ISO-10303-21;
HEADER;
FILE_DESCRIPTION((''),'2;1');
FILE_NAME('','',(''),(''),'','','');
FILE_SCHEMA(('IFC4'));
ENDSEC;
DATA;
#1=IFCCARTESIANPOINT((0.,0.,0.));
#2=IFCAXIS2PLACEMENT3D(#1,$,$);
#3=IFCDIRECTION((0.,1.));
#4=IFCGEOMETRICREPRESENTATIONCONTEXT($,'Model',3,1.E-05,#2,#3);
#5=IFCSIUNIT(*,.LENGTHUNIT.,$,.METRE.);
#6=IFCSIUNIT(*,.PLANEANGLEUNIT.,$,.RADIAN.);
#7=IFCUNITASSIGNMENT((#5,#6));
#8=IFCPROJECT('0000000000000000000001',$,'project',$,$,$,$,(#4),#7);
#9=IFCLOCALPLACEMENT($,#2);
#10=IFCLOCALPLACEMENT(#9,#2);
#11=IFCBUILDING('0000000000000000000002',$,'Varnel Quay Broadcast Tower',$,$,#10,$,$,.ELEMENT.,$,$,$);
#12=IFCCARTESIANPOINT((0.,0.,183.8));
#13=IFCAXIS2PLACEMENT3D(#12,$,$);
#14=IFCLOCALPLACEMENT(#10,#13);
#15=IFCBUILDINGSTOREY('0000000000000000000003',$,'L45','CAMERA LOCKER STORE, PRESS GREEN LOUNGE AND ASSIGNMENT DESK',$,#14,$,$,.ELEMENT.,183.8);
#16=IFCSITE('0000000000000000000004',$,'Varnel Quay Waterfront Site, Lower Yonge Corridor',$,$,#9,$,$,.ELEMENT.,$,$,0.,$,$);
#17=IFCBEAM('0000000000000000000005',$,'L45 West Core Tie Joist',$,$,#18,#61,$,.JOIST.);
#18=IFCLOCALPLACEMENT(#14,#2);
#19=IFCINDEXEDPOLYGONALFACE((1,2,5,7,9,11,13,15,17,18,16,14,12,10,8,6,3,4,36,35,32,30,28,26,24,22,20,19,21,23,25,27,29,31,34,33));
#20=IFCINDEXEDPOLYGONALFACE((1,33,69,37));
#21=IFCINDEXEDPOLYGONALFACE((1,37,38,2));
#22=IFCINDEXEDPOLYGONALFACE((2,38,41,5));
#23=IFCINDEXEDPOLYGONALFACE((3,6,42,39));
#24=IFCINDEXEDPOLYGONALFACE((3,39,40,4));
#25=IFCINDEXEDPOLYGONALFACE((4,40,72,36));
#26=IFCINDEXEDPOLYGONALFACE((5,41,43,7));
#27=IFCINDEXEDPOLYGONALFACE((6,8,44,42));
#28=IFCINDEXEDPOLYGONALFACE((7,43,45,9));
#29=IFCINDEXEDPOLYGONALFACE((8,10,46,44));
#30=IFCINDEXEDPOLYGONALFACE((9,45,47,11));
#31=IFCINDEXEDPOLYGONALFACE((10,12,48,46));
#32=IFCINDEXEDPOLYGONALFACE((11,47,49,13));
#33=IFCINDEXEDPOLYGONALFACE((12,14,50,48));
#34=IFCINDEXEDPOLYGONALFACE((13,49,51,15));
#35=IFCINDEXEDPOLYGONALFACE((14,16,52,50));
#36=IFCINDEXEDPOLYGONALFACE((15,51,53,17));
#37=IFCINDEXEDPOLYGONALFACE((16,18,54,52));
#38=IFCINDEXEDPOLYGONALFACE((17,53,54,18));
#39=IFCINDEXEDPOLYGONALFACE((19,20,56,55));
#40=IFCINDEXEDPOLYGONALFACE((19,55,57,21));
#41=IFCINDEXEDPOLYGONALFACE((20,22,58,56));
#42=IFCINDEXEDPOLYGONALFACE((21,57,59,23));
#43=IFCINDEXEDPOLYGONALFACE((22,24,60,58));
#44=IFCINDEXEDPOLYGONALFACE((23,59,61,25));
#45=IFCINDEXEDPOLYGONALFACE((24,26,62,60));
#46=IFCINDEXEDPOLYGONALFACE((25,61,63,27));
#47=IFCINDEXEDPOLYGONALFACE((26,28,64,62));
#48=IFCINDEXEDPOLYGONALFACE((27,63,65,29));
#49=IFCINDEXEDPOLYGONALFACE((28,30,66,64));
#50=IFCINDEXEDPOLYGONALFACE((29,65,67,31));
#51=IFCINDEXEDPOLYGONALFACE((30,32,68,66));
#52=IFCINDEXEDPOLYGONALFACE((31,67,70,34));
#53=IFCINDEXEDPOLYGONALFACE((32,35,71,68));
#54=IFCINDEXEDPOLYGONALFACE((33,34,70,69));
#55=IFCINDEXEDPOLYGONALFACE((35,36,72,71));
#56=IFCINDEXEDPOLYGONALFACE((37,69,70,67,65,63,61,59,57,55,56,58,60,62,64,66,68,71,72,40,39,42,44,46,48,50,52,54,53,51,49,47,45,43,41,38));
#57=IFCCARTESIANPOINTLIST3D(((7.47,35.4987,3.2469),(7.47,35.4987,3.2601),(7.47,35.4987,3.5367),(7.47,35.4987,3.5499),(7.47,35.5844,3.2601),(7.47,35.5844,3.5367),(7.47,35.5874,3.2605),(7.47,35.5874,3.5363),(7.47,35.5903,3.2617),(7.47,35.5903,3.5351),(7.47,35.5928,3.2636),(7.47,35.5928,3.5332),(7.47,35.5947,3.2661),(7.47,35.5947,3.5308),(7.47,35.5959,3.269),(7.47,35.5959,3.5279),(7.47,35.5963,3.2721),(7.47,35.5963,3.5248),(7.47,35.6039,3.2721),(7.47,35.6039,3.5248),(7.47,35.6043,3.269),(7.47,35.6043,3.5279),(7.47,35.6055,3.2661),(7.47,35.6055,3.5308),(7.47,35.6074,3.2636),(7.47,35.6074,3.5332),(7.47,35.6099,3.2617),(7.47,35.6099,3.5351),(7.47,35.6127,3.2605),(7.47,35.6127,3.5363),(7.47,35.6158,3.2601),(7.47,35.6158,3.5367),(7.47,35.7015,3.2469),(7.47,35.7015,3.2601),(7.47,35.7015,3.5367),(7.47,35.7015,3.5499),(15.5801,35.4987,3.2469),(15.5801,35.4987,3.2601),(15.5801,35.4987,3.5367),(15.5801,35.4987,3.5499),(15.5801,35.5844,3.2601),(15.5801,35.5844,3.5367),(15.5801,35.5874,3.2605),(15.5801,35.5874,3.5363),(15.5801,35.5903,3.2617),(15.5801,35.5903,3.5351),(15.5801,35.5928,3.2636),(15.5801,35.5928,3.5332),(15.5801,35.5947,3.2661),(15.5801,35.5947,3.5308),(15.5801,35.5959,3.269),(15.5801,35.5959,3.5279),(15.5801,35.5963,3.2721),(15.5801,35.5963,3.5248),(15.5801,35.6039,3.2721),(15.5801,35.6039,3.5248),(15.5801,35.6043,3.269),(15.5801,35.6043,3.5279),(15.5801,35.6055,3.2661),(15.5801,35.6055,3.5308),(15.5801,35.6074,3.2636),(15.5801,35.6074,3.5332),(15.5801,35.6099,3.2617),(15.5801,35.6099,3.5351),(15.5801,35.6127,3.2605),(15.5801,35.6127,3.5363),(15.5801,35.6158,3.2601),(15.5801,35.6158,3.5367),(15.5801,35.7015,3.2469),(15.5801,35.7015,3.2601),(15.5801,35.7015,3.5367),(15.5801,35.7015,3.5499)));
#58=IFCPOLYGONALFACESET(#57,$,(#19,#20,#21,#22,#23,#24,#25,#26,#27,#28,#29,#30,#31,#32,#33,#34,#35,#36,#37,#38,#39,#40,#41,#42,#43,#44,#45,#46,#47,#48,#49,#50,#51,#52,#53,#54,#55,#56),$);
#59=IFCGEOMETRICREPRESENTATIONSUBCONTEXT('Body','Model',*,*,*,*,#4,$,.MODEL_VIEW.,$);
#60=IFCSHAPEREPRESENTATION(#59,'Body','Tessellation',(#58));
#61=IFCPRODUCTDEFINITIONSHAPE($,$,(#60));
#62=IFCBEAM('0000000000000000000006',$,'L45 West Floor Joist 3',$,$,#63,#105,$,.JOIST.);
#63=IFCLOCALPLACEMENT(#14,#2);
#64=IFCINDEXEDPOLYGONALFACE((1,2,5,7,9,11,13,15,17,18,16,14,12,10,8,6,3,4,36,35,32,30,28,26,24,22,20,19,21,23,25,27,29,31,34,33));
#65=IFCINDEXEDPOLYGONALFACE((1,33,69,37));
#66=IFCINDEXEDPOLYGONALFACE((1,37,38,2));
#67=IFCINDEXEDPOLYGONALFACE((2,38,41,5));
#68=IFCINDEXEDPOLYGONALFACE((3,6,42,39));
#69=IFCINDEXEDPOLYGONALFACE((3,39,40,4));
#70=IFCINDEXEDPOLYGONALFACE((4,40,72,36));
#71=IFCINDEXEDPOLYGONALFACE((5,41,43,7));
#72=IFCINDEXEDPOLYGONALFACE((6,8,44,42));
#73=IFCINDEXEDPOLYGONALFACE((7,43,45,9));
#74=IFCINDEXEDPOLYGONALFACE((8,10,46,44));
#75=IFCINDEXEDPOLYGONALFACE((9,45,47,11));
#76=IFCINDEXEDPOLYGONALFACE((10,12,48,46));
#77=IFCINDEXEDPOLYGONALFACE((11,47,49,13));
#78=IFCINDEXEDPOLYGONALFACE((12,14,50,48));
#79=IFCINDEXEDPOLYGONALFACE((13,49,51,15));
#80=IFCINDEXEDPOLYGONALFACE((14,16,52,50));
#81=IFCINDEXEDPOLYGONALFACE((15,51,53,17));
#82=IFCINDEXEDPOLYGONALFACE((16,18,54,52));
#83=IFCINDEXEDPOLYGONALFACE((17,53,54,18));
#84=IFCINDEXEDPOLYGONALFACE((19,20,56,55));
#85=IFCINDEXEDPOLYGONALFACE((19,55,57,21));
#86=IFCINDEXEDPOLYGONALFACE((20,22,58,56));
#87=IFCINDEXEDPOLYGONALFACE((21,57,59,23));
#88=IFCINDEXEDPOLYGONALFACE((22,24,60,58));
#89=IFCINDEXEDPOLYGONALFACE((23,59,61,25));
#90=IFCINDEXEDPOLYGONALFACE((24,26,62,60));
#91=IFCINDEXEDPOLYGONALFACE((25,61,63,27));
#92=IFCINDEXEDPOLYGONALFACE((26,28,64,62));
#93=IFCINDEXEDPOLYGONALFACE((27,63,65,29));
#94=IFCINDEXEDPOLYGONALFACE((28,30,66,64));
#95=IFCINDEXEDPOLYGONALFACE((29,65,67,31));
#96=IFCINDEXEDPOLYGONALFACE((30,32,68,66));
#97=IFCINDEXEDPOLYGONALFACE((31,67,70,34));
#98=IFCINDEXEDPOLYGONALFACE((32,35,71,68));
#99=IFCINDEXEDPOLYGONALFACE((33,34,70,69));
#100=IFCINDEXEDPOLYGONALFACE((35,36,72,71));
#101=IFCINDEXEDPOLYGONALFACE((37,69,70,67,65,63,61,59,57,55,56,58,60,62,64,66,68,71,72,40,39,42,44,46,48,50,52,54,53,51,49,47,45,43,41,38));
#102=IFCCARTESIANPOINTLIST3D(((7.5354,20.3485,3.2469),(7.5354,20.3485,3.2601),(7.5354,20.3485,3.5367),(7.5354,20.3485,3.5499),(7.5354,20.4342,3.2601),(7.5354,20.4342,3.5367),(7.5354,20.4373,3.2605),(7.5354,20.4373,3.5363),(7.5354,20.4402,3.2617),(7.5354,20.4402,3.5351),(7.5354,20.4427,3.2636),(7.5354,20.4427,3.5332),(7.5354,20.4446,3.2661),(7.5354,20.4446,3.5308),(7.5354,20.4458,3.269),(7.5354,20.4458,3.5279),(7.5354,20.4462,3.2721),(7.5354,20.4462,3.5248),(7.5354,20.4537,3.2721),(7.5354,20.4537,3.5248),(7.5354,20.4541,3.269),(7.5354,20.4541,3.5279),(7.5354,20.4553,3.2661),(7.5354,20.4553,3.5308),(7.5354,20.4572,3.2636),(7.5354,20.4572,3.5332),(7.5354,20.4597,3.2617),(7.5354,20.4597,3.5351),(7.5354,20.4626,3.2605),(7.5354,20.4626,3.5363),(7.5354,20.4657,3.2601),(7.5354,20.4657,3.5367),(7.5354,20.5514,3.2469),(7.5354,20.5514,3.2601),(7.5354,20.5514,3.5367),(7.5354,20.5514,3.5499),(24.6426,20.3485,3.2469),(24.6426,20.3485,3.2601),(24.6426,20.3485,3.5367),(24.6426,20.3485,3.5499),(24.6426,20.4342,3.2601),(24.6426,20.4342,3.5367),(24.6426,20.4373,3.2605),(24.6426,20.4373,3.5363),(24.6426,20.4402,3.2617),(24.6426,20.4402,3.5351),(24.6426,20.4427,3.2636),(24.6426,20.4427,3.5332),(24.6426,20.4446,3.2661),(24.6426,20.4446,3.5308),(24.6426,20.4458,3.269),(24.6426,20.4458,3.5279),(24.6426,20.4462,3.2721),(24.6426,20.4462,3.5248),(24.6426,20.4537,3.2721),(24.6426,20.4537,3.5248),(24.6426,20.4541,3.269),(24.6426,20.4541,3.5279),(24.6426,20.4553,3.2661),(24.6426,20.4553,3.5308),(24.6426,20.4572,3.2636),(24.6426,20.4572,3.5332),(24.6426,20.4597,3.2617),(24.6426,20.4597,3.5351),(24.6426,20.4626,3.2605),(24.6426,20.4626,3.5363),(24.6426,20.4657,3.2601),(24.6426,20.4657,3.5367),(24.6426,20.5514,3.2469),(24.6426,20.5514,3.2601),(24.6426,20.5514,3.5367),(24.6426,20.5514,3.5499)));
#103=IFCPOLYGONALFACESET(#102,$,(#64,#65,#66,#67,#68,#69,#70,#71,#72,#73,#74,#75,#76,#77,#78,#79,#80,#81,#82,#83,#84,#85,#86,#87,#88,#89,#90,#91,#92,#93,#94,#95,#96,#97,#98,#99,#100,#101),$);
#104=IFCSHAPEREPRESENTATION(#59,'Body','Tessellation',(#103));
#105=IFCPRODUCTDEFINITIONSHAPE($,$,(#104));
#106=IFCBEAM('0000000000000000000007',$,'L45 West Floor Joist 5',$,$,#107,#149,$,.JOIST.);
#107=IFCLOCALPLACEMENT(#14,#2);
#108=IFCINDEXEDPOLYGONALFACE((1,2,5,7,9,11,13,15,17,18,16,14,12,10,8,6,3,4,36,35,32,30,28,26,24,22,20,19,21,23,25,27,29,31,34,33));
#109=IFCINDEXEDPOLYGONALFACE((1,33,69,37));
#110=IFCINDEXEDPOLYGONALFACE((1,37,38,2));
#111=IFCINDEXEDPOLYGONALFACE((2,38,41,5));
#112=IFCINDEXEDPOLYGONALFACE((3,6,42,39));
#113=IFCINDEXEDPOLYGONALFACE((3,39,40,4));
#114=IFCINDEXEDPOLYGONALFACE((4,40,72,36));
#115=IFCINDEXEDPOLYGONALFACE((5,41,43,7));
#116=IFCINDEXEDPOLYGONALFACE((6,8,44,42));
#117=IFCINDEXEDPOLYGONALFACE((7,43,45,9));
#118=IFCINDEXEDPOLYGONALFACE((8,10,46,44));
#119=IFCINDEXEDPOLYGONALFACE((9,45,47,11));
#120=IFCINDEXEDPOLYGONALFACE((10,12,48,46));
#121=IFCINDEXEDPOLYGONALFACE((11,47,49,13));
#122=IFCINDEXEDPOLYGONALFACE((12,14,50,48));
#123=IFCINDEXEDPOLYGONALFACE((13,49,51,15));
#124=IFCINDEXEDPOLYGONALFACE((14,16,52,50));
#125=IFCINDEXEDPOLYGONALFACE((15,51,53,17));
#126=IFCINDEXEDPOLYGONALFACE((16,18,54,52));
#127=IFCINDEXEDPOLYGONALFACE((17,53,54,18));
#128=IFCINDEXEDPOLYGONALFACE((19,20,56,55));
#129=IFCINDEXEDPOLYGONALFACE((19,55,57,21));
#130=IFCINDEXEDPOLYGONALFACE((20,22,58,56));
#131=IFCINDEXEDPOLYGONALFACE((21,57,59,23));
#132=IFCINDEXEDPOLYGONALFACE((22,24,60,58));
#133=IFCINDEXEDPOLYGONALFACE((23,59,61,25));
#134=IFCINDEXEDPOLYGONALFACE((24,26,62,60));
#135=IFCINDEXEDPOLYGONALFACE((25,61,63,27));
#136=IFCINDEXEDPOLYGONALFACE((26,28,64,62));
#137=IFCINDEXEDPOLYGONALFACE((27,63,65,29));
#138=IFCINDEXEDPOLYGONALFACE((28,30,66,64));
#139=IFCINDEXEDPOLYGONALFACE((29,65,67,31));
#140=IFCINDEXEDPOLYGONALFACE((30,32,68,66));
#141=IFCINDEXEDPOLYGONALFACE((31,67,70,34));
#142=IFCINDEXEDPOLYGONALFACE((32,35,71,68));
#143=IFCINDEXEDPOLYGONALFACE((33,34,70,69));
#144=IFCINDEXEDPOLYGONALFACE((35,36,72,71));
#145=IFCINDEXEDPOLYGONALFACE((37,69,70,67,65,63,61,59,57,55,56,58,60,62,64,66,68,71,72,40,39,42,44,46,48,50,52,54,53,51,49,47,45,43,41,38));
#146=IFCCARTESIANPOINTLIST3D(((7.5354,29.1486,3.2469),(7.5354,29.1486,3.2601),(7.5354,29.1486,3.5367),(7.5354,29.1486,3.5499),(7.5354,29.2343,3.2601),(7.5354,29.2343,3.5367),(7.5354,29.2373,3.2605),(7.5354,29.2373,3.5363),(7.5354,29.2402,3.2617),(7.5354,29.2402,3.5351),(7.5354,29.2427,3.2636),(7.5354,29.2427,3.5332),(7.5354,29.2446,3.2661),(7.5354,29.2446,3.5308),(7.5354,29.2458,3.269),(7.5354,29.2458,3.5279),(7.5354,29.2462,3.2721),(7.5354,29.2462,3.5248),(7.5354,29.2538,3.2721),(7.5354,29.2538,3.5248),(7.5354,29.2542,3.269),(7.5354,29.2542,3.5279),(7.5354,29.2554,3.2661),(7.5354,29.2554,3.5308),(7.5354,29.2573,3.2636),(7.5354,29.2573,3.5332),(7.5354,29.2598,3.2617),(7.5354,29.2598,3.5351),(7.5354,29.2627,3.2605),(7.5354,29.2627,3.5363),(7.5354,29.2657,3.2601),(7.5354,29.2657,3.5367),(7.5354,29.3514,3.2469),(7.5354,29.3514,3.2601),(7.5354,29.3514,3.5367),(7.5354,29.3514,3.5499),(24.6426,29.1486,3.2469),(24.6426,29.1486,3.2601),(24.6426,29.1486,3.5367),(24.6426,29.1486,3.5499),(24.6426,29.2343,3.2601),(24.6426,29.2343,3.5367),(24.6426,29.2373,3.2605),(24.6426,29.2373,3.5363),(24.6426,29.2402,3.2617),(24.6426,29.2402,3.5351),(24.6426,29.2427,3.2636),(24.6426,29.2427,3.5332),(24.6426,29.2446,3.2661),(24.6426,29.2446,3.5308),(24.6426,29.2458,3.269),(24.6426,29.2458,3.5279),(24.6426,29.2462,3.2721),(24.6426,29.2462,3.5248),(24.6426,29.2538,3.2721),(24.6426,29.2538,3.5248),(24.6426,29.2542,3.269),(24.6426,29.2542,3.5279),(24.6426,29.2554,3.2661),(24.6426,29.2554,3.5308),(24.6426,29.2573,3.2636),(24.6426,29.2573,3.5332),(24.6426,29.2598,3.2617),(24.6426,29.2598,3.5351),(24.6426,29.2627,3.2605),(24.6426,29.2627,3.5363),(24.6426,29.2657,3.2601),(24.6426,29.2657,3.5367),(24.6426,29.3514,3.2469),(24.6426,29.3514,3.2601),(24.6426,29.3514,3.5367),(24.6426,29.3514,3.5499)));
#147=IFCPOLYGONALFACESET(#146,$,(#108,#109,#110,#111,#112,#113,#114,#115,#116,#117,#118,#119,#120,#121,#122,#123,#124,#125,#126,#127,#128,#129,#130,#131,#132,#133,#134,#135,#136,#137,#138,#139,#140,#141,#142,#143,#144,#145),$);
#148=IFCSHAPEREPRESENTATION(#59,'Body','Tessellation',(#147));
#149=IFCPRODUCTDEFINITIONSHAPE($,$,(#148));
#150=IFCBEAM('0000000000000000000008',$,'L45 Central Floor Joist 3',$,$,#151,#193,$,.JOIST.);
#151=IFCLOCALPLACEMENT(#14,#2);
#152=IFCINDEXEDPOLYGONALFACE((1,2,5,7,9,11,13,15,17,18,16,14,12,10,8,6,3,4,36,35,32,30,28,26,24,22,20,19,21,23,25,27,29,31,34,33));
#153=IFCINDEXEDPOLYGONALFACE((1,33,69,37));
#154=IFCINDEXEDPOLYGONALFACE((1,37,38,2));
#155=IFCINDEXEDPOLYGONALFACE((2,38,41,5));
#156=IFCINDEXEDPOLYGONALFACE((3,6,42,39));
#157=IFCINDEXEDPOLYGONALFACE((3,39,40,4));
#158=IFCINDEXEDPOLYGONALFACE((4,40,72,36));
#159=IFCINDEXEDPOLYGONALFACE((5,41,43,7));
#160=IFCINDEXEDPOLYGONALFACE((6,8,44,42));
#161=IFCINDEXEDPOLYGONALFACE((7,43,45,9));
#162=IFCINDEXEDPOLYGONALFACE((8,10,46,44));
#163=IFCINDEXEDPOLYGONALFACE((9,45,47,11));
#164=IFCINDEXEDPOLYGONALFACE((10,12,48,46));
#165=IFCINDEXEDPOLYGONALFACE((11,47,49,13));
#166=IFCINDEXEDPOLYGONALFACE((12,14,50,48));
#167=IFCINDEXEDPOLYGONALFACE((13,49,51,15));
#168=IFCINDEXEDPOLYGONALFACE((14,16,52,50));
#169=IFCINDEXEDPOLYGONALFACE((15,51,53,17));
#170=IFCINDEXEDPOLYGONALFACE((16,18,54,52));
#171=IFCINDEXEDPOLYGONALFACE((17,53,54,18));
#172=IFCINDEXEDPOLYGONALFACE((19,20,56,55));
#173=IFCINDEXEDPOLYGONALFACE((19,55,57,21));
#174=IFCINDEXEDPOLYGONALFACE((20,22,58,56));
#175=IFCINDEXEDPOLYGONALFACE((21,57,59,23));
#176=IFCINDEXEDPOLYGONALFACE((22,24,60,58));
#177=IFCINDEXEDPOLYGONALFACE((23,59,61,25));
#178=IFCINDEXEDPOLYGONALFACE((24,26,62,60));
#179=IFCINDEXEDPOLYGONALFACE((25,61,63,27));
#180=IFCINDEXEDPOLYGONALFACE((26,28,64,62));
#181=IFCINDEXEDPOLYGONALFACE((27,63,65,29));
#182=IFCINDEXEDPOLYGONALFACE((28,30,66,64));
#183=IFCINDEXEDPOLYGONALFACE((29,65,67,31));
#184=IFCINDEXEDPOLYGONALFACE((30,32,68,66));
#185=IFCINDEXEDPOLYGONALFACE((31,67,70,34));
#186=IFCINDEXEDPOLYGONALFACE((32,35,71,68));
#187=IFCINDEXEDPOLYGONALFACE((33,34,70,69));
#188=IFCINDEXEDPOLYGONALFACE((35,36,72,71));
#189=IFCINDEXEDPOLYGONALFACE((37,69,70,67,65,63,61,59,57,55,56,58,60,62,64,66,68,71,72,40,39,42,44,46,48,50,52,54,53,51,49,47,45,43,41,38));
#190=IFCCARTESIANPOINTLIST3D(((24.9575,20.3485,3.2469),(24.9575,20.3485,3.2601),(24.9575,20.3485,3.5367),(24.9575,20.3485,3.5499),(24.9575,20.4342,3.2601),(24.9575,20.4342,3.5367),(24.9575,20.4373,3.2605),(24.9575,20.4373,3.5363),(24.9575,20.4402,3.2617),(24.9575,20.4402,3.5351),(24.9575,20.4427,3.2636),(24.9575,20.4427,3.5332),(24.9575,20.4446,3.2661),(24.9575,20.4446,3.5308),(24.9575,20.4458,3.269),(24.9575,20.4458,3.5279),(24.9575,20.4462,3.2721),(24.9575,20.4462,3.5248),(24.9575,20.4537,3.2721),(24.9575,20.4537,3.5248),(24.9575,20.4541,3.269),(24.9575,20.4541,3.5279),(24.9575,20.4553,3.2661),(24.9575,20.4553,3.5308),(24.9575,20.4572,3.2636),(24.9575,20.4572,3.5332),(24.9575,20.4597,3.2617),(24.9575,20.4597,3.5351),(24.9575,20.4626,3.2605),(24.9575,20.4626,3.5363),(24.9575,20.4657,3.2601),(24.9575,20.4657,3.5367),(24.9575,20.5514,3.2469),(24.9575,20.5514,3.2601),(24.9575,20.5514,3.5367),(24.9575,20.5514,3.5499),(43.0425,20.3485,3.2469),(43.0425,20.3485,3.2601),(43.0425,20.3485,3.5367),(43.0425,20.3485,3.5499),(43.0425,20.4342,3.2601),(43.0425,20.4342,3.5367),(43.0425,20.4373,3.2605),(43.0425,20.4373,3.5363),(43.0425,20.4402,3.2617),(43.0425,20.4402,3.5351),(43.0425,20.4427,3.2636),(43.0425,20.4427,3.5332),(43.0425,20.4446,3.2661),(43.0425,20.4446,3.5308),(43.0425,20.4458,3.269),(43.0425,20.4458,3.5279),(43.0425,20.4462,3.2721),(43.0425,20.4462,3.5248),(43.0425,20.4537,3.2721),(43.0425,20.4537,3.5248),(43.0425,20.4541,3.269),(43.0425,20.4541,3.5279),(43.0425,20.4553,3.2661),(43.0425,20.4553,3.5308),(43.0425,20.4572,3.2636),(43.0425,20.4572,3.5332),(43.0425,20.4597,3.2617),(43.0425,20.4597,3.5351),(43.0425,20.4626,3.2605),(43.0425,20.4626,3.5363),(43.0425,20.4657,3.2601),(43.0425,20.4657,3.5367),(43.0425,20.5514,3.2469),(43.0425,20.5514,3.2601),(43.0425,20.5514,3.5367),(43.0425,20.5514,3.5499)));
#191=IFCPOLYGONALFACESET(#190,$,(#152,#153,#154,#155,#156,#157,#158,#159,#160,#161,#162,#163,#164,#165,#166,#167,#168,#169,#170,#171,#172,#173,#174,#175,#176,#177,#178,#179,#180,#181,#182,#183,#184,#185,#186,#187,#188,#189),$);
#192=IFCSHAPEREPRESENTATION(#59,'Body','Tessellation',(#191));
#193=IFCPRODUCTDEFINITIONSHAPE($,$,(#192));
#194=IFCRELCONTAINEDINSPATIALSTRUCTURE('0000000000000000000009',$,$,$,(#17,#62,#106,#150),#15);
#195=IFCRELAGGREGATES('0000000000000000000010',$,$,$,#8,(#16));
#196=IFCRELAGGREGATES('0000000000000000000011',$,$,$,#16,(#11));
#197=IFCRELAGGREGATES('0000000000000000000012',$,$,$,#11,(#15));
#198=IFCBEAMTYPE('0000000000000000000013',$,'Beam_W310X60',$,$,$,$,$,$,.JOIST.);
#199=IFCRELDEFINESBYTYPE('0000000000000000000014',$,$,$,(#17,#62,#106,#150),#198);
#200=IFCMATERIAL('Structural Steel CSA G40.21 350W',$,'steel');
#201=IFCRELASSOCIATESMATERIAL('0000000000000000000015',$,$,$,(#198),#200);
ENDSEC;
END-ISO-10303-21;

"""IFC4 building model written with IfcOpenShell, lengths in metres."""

from ifc_helpers import new_model, si_unit, direction, frame, origin, origin_2d, place, context, subcontext, project, spatial, i_section, extrude, source, transform, mapped, material, material_profile, profile_set, type_object, type_shapes, element, save


model = new_model("IFC4")

# Units and contexts
model_context = context("Model", 3, precision=1e-05, world=origin(), true_north=direction((0.0, 1.0)))
body_context = subcontext(model_context, "Body", "Model", "MODEL_VIEW")
ifc_project = project(units=[si_unit("LENGTHUNIT", "METRE"), si_unit("PLANEANGLEUNIT", "RADIAN")], contexts=[model_context])

# Site, building, storey
site_placement = place(None, origin())
site = spatial("IfcSite", under=ifc_project, at=site_placement, Name="Varnel Quay Waterfront Site, Lower Yonge Corridor", CompositionType="ELEMENT", RefElevation=0.0)
building_placement = place(site_placement, origin())
building = spatial("IfcBuilding", under=site, at=building_placement, Name="Varnel Quay Broadcast Tower", CompositionType="ELEMENT")
storey_placement = place(building_placement, frame((0.0, 0.0, 183.8)))
storey = spatial("IfcBuildingStorey", under=building, at=storey_placement, Name="L45", Description="CAMERA LOCKER STORE, PRESS GREEN LOUNGE AND ASSIGNMENT DESK", CompositionType="ELEMENT", Elevation=183.8)

# Shared definitions
ifc_material_1 = material(Name="Structural Steel CSA G40.21 350W", Category="steel")

# Beams
ifc_material_profile_1 = material_profile(ifc_material_1, i_section(OverallWidth=0.2029, OverallDepth=0.303, WebThickness=0.0076, FlangeThickness=0.0132, FilletRadius=0.012, at=origin_2d()), Name="W310X60")
ifc_profile_set_1 = profile_set([ifc_material_profile_1], Name="Structural Steel CSA G40.21 350W")
beam_type_1 = type_object("IfcBeamType", Name="Beam_W310X60", PredefinedType="JOIST", material=ifc_profile_set_1)
shared_shape_1 = source(origin(), body_context, "Body", "SweptSolid", [
    extrude(i_section(OverallWidth=0.2029, OverallDepth=0.303, WebThickness=0.0076, FlangeThickness=0.0132, FilletRadius=0.012, at=origin_2d()), origin(), (0.0, 0.0, 1.0), 8.1101),
])
beam_1_placement = place(storey_placement, frame((7.47, 35.6001, 3.3984), z_axis=(1.0, 0.0, 0.0), x_axis=(0.0, 1.0, 0.0)))
element("IfcBeam", 1, at=beam_1_placement, inside=storey, type_object=beam_type_1, Name="L45 West Core Tie Joist", PredefinedType="JOIST", context=body_context, shape_type="MappedRepresentation", body=[
    mapped(shared_shape_1, transform((0.0, 0.0, 0.0), x_axis=(1.0, 0.0, 0.0), y_axis=(0.0, 1.0, 0.0), z_axis=(0.0, 0.0, 1.0), scale=1.0)),
])
shared_shape_2 = source(origin(), body_context, "Body", "SweptSolid", [
    extrude(i_section(OverallWidth=0.2029, OverallDepth=0.303, WebThickness=0.0076, FlangeThickness=0.0132, FilletRadius=0.012, at=origin_2d()), origin(), (0.0, 0.0, 1.0), 17.1072),
])
for number, where, z_axis, x_axis, name in (
    (2, (7.5354, 20.45, 3.3984), (1.0, 0.0, 0.0), (0.0, 1.0, 0.0), "L45 West Floor Joist 3"),
    (3, (7.5354, 29.25, 3.3984), (1.0, 0.0, 0.0), (0.0, 1.0, 0.0), "L45 West Floor Joist 5"),
):
    element("IfcBeam", number, at=place(storey_placement, frame(where, z_axis=z_axis, x_axis=x_axis)), inside=storey, type_object=beam_type_1, Name=name, PredefinedType="JOIST", context=body_context, shape_type="MappedRepresentation", body=[
        mapped(shared_shape_2, transform((0.0, 0.0, 0.0), x_axis=(1.0, 0.0, 0.0), y_axis=(0.0, 1.0, 0.0), z_axis=(0.0, 0.0, 1.0), scale=1.0)),
    ])
shared_shape_3 = source(origin(), body_context, "Body", "SweptSolid", [
    extrude(i_section(OverallWidth=0.2029, OverallDepth=0.303, WebThickness=0.0076, FlangeThickness=0.0132, FilletRadius=0.012, at=origin_2d()), origin(), (0.0, 0.0, 1.0), 18.085),
])
type_shapes(beam_type_1, [shared_shape_1, shared_shape_2, shared_shape_3])
for number, where, z_axis, x_axis, name in (
    (4, (24.9575, 20.45, 3.3984), (1.0, 0.0, 0.0), (0.0, 1.0, 0.0), "L45 Central Floor Joist 3"),
):
    element("IfcBeam", number, at=place(storey_placement, frame(where, z_axis=z_axis, x_axis=x_axis)), inside=storey, type_object=beam_type_1, Name=name, PredefinedType="JOIST", context=body_context, shape_type="MappedRepresentation", body=[
        mapped(shared_shape_3, transform((0.0, 0.0, 0.0), x_axis=(1.0, 0.0, 0.0), y_axis=(0.0, 1.0, 0.0), z_axis=(0.0, 0.0, 1.0), scale=1.0)),
    ])

save(model, "model.ifc")
